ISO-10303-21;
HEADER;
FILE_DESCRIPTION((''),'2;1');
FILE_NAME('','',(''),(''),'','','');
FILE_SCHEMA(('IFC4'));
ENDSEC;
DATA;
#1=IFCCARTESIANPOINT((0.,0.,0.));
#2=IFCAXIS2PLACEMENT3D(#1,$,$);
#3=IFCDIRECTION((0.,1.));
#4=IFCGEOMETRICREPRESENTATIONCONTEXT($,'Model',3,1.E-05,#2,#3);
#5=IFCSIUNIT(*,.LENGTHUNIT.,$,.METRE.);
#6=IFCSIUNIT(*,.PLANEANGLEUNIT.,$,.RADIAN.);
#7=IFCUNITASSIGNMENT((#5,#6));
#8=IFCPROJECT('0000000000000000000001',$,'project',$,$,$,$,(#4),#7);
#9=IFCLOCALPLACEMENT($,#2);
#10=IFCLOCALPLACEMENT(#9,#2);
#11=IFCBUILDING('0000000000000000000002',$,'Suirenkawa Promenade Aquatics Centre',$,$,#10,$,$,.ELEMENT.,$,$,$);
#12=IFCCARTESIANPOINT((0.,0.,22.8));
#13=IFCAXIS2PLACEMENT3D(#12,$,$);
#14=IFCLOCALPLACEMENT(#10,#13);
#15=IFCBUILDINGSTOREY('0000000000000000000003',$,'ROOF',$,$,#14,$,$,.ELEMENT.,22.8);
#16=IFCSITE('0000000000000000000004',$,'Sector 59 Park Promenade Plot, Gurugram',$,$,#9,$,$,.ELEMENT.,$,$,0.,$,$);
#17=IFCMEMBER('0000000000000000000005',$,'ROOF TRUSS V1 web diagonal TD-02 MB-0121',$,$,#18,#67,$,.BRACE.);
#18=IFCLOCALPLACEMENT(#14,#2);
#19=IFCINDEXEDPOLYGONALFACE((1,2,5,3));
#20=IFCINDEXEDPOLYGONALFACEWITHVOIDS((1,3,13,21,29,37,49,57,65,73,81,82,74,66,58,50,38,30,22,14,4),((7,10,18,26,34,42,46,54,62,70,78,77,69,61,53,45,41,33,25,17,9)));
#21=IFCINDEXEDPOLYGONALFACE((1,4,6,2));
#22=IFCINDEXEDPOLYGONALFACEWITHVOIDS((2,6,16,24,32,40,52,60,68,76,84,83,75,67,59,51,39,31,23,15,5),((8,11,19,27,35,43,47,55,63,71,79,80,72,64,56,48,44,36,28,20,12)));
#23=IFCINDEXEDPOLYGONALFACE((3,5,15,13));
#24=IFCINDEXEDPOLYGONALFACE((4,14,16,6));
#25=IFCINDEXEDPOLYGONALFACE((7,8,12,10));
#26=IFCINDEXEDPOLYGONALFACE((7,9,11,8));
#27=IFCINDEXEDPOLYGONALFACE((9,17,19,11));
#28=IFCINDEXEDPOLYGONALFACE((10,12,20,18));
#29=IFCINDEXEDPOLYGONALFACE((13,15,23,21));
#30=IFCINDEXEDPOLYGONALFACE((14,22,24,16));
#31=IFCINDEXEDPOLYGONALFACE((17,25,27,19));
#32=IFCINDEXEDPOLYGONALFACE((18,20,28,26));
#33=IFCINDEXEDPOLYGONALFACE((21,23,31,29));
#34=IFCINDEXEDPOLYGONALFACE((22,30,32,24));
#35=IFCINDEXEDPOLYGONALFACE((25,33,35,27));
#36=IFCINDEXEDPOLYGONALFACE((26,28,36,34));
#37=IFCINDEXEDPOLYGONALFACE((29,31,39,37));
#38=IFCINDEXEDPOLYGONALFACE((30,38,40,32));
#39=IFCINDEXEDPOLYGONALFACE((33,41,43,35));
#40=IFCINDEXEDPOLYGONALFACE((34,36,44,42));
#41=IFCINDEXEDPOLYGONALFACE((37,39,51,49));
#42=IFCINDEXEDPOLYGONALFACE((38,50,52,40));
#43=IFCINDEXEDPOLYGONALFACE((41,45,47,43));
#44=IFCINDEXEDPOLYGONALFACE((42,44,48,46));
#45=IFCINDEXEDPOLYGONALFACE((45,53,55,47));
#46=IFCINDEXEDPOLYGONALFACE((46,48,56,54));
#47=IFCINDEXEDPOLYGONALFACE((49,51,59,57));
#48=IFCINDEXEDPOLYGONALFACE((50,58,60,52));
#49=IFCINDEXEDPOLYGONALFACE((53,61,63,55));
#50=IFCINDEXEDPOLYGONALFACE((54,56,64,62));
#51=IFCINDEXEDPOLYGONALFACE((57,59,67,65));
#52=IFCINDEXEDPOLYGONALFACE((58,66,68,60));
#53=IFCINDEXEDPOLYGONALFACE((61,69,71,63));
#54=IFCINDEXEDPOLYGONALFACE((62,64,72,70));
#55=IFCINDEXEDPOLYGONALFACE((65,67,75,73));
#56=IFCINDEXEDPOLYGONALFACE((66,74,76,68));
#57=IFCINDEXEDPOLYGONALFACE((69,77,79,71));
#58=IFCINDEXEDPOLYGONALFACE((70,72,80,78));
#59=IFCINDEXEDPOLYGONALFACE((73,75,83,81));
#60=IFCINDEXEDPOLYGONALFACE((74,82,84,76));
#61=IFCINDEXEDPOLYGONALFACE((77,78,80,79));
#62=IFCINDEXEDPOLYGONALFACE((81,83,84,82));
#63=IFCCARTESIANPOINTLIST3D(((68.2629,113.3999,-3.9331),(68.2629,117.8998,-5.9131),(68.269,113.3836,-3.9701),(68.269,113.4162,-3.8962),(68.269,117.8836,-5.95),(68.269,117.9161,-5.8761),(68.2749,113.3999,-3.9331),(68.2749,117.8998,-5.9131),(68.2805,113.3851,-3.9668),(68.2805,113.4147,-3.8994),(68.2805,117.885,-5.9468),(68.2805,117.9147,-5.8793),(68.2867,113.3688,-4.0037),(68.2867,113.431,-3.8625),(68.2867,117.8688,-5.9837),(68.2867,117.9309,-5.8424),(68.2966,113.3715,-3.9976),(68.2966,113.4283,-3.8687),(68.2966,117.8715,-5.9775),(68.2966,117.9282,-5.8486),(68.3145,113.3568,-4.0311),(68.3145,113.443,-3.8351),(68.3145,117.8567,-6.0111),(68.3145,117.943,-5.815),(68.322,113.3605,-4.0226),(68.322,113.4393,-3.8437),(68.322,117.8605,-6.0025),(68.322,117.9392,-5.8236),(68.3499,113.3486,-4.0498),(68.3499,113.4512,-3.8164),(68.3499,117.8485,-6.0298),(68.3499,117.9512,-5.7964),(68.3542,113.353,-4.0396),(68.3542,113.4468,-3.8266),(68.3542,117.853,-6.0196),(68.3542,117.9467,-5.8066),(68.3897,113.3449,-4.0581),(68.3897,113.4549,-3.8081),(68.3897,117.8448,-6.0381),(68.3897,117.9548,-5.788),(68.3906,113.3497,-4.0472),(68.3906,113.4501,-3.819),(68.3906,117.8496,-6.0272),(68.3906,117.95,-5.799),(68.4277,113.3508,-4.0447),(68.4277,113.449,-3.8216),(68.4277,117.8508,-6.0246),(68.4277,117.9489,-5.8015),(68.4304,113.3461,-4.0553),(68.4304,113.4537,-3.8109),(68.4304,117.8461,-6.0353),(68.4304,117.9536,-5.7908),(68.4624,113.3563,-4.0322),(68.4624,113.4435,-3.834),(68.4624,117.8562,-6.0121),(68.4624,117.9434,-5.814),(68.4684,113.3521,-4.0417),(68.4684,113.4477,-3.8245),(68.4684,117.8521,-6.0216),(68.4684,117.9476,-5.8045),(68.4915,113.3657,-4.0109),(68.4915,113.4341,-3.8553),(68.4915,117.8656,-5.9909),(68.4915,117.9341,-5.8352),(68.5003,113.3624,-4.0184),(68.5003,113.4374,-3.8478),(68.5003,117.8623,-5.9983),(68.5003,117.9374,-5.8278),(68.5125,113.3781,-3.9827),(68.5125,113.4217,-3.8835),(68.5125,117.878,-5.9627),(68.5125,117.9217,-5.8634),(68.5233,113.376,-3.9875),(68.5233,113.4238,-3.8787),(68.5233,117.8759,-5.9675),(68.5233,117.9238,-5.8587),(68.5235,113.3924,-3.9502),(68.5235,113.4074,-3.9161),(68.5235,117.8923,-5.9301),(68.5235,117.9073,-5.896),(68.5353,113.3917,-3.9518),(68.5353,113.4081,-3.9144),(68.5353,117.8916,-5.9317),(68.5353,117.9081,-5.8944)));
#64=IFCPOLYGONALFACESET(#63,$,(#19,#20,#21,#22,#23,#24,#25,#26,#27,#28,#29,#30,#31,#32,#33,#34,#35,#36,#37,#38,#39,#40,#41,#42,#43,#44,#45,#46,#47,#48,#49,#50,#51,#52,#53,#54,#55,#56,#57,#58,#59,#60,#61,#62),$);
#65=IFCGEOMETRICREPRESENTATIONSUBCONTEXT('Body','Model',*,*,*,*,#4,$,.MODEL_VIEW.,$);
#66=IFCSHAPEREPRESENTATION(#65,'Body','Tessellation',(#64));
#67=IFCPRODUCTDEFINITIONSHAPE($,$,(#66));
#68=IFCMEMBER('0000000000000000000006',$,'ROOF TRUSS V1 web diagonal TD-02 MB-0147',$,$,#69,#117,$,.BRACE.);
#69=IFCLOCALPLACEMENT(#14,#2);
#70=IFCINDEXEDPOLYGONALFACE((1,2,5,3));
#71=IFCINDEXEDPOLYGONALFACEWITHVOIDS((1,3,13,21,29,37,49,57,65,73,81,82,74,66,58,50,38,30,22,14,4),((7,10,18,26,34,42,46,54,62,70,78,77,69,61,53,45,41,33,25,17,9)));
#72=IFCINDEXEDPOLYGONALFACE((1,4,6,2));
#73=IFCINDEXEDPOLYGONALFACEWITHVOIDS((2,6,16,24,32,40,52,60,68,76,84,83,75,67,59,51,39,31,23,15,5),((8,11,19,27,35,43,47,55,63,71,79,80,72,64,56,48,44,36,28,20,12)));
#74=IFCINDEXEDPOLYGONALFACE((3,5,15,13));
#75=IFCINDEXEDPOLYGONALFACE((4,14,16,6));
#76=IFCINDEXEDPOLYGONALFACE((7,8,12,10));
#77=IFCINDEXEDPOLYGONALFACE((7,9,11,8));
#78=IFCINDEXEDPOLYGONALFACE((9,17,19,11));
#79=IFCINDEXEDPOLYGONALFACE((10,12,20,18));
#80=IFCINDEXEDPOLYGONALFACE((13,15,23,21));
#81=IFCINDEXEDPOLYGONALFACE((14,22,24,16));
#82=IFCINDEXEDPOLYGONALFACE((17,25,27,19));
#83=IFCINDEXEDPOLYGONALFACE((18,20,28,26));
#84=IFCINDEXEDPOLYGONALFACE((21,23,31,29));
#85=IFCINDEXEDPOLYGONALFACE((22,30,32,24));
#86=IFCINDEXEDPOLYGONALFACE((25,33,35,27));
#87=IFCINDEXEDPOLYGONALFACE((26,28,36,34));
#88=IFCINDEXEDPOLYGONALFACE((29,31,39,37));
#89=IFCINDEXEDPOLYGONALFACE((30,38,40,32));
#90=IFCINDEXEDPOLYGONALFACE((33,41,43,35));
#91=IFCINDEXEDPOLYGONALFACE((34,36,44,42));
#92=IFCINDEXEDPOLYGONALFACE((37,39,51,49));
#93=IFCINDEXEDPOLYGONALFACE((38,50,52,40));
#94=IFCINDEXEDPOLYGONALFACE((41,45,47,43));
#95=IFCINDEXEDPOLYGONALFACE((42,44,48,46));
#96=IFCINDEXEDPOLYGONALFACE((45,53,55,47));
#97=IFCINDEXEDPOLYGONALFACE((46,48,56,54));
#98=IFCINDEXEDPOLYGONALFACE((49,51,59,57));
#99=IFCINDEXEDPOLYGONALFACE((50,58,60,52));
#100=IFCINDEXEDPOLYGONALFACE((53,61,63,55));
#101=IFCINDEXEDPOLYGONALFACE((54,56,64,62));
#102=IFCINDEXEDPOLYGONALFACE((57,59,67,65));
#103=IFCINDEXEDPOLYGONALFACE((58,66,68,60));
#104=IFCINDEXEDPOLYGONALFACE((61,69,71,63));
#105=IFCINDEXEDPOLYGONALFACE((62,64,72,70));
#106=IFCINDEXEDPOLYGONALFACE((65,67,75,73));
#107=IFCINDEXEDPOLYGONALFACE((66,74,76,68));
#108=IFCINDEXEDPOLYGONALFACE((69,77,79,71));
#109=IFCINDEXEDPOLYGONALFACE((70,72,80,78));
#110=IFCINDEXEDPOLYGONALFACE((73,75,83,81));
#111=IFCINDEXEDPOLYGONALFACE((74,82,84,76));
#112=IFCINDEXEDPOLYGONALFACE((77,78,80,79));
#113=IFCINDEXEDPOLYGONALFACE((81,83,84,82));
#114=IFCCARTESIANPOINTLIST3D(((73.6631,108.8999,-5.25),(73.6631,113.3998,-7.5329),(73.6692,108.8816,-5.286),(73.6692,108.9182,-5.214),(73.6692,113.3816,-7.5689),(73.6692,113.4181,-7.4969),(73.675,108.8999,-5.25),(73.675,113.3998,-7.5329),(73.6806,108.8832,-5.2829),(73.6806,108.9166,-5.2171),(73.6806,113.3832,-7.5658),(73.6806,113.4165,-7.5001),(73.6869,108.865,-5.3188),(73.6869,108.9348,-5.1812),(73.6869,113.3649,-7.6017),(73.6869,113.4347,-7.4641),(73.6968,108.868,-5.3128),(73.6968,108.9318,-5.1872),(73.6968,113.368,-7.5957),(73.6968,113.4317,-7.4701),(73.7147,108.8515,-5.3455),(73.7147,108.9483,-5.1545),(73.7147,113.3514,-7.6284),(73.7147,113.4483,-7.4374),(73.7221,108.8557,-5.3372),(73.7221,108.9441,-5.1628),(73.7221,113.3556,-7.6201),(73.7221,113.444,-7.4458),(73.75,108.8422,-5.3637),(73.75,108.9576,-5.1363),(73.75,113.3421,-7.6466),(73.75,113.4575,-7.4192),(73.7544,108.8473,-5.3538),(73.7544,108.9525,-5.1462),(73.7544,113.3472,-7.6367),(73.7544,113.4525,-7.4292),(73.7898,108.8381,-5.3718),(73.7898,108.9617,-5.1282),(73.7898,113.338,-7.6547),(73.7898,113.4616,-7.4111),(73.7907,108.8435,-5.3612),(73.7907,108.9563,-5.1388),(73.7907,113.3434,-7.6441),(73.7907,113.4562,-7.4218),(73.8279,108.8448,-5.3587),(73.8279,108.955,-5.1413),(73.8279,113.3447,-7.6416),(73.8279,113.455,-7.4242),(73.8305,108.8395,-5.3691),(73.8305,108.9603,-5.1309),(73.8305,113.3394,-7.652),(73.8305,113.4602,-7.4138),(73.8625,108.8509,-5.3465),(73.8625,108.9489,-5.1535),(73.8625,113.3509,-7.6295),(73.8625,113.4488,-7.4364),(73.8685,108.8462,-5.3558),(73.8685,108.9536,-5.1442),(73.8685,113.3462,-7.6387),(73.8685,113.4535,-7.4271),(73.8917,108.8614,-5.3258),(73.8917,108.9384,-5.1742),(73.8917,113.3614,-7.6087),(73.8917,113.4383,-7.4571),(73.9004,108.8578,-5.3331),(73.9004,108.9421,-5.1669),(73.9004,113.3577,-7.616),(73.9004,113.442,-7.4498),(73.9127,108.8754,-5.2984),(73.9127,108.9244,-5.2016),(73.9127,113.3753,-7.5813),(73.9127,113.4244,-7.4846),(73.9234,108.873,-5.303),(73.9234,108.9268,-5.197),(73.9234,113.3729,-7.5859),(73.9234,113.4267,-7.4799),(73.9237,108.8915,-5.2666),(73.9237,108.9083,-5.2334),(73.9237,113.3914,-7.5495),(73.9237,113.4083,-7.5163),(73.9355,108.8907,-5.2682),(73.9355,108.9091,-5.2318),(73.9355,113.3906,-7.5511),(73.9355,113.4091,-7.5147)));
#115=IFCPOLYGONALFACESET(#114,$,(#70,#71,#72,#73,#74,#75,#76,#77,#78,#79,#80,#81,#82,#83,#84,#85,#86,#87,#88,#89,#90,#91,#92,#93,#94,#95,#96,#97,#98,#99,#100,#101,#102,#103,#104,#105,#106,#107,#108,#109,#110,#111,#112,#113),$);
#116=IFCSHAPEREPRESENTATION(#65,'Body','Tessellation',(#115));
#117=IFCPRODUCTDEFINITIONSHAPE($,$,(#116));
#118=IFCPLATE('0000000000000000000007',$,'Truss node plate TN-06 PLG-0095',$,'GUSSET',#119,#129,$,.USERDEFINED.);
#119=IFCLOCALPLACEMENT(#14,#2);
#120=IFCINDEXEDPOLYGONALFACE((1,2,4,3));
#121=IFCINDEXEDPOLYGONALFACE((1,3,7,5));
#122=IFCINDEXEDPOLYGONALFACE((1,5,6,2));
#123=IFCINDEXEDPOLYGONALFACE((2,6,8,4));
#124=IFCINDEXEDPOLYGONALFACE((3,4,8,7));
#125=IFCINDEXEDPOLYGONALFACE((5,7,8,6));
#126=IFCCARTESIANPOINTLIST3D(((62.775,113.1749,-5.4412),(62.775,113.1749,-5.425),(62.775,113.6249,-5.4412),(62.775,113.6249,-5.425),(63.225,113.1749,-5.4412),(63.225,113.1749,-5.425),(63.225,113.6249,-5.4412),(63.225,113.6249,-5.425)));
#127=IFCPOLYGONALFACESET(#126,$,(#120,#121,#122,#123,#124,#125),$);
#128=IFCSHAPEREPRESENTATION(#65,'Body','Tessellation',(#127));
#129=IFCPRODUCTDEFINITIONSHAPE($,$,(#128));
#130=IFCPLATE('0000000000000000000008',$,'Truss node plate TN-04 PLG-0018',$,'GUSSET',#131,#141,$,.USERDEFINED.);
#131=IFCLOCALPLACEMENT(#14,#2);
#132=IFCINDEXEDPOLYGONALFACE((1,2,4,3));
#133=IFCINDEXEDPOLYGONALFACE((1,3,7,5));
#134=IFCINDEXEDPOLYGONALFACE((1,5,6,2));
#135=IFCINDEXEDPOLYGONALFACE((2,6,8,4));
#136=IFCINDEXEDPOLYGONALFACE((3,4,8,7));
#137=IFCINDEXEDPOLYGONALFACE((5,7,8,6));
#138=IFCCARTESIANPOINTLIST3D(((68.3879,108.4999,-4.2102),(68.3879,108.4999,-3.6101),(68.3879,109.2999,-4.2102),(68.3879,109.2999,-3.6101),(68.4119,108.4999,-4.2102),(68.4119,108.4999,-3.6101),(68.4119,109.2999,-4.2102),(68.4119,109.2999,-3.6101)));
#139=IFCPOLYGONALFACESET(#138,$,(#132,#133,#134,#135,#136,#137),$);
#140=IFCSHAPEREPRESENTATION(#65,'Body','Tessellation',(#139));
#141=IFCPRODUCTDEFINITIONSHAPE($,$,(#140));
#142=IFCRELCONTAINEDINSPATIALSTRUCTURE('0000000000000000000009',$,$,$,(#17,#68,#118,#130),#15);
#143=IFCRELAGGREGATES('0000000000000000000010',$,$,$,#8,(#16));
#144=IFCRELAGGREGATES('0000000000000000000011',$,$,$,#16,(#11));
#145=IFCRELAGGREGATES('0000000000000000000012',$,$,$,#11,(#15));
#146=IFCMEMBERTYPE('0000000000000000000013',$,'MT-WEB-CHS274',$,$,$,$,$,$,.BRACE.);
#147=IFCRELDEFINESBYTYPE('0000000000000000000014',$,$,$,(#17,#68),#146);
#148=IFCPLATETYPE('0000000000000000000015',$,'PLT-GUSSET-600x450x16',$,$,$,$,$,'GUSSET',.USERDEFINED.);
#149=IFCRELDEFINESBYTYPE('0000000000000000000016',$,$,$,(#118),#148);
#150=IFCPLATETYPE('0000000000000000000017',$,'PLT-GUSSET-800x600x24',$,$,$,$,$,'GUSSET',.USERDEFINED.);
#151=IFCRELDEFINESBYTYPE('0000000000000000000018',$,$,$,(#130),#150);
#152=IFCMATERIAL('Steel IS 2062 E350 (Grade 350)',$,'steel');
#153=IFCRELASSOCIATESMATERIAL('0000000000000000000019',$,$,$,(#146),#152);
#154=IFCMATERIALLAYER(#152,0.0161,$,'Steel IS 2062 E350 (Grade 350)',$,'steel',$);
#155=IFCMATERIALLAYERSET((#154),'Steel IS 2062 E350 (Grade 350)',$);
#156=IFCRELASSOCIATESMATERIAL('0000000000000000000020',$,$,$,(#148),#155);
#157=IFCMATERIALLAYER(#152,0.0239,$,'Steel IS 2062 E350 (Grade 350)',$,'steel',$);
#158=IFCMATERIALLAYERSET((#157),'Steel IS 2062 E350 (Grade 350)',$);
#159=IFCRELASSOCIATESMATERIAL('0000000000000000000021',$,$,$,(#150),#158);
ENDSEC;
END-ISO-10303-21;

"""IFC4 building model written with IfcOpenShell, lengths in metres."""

from ifc_helpers import new_model, si_unit, direction, frame, origin, origin_2d, place, context, subcontext, project, spatial, rectangle, hollow_circle, extrude, material, layer, layer_set, material_profile, profile_set, type_object, element, save


model = new_model("IFC4")

# Units and contexts
model_context = context("Model", 3, precision=1e-05, world=origin(), true_north=direction((0.0, 1.0)))
body_context = subcontext(model_context, "Body", "Model", "MODEL_VIEW")
ifc_project = project(units=[si_unit("LENGTHUNIT", "METRE"), si_unit("PLANEANGLEUNIT", "RADIAN")], contexts=[model_context])

# Site, building, storey
site_placement = place(None, origin())
site = spatial("IfcSite", under=ifc_project, at=site_placement, Name="Sector 59 Park Promenade Plot, Gurugram", CompositionType="ELEMENT", RefElevation=0.0)
building_placement = place(site_placement, origin())
building = spatial("IfcBuilding", under=site, at=building_placement, Name="Suirenkawa Promenade Aquatics Centre", CompositionType="ELEMENT")
storey_placement = place(building_placement, frame((0.0, 0.0, 22.8)))
storey = spatial("IfcBuildingStorey", under=building, at=storey_placement, Name="ROOF", CompositionType="ELEMENT", Elevation=22.8)

# Shared definitions
ifc_material = material(Name="Steel IS 2062 E350 (Grade 350)", Category="steel")

# Members
ifc_material_profile_1 = material_profile(ifc_material, hollow_circle(Radius=0.137, WallThickness=0.012, at=origin_2d()), Name="CHS 274x12", Category="steel")
ifc_profile_set_1 = profile_set([ifc_material_profile_1], Name="Steel IS 2062 E350 (Grade 350)")
member_type_1 = type_object("IfcMemberType", Name="MT-WEB-CHS274", PredefinedType="BRACE", material=ifc_profile_set_1)
member_1_placement = place(storey_placement, frame((68.3999, 113.3999, -3.9331), z_axis=(0.0, 0.915316, -0.402735), x_axis=(-1.0, 0.0, 0.0)))
element("IfcMember", 1, at=member_1_placement, inside=storey, type_object=member_type_1, Name="ROOF TRUSS V1 web diagonal TD-02 MB-0121", PredefinedType="BRACE", context=body_context, shape_type="SweptSolid", body=[
    extrude(hollow_circle(Radius=0.137, WallThickness=0.012, at=origin_2d()), origin(), (0.0, 0.0, 1.0), 4.9163),
])
member_2_placement = place(storey_placement, frame((73.8, 108.8999, -5.25), z_axis=(0.0, 0.891799, -0.452431), x_axis=(-1.0, 0.0, 0.0)))
element("IfcMember", 2, at=member_2_placement, inside=storey, type_object=member_type_1, Name="ROOF TRUSS V1 web diagonal TD-02 MB-0147", PredefinedType="BRACE", context=body_context, shape_type="SweptSolid", body=[
    extrude(hollow_circle(Radius=0.137, WallThickness=0.012, at=origin_2d()), origin(), (0.0, 0.0, 1.0), 5.0459),
])

# Plates
ifc_layer_1 = layer(ifc_material, 0.0161, Name="Steel IS 2062 E350 (Grade 350)", Category="steel")
ifc_layer_set_1 = layer_set([ifc_layer_1], Name="Steel IS 2062 E350 (Grade 350)")
plate_type_1 = type_object("IfcPlateType", Name="PLT-GUSSET-600x450x16", ElementType="GUSSET", PredefinedType="USERDEFINED", material=ifc_layer_set_1)
plate_1_placement = place(storey_placement, frame((63.0, 113.3999, -5.4412), z_axis=(0.0, 0.0, 1.0), x_axis=(1.0, 0.0, 0.0)))
element("IfcPlate", 3, at=plate_1_placement, inside=storey, type_object=plate_type_1, Name="Truss node plate TN-06 PLG-0095", ObjectType="GUSSET", PredefinedType="USERDEFINED", context=body_context, shape_type="SweptSolid", body=[
    extrude(rectangle(XDim=0.45, YDim=0.45, at=origin_2d()), origin(), (0.0, 0.0, 1.0), 0.0161),
])
ifc_layer_2 = layer(ifc_material, 0.0239, Name="Steel IS 2062 E350 (Grade 350)", Category="steel")
ifc_layer_set_2 = layer_set([ifc_layer_2], Name="Steel IS 2062 E350 (Grade 350)")
plate_type_2 = type_object("IfcPlateType", Name="PLT-GUSSET-800x600x24", ElementType="GUSSET", PredefinedType="USERDEFINED", material=ifc_layer_set_2)
plate_2_placement = place(storey_placement, frame((68.3999, 108.8999, -4.2102), z_axis=(0.0, 0.0, 1.0), x_axis=(0.0, 1.0, 0.0)))
element("IfcPlate", 4, at=plate_2_placement, inside=storey, type_object=plate_type_2, Name="Truss node plate TN-04 PLG-0018", ObjectType="GUSSET", PredefinedType="USERDEFINED", context=body_context, shape_type="SweptSolid", body=[
    extrude(rectangle(XDim=0.8, YDim=0.0239, at=origin_2d()), origin(), (0.0, 0.0, 1.0), 0.6001),
])

save(model, "model.ifc")
